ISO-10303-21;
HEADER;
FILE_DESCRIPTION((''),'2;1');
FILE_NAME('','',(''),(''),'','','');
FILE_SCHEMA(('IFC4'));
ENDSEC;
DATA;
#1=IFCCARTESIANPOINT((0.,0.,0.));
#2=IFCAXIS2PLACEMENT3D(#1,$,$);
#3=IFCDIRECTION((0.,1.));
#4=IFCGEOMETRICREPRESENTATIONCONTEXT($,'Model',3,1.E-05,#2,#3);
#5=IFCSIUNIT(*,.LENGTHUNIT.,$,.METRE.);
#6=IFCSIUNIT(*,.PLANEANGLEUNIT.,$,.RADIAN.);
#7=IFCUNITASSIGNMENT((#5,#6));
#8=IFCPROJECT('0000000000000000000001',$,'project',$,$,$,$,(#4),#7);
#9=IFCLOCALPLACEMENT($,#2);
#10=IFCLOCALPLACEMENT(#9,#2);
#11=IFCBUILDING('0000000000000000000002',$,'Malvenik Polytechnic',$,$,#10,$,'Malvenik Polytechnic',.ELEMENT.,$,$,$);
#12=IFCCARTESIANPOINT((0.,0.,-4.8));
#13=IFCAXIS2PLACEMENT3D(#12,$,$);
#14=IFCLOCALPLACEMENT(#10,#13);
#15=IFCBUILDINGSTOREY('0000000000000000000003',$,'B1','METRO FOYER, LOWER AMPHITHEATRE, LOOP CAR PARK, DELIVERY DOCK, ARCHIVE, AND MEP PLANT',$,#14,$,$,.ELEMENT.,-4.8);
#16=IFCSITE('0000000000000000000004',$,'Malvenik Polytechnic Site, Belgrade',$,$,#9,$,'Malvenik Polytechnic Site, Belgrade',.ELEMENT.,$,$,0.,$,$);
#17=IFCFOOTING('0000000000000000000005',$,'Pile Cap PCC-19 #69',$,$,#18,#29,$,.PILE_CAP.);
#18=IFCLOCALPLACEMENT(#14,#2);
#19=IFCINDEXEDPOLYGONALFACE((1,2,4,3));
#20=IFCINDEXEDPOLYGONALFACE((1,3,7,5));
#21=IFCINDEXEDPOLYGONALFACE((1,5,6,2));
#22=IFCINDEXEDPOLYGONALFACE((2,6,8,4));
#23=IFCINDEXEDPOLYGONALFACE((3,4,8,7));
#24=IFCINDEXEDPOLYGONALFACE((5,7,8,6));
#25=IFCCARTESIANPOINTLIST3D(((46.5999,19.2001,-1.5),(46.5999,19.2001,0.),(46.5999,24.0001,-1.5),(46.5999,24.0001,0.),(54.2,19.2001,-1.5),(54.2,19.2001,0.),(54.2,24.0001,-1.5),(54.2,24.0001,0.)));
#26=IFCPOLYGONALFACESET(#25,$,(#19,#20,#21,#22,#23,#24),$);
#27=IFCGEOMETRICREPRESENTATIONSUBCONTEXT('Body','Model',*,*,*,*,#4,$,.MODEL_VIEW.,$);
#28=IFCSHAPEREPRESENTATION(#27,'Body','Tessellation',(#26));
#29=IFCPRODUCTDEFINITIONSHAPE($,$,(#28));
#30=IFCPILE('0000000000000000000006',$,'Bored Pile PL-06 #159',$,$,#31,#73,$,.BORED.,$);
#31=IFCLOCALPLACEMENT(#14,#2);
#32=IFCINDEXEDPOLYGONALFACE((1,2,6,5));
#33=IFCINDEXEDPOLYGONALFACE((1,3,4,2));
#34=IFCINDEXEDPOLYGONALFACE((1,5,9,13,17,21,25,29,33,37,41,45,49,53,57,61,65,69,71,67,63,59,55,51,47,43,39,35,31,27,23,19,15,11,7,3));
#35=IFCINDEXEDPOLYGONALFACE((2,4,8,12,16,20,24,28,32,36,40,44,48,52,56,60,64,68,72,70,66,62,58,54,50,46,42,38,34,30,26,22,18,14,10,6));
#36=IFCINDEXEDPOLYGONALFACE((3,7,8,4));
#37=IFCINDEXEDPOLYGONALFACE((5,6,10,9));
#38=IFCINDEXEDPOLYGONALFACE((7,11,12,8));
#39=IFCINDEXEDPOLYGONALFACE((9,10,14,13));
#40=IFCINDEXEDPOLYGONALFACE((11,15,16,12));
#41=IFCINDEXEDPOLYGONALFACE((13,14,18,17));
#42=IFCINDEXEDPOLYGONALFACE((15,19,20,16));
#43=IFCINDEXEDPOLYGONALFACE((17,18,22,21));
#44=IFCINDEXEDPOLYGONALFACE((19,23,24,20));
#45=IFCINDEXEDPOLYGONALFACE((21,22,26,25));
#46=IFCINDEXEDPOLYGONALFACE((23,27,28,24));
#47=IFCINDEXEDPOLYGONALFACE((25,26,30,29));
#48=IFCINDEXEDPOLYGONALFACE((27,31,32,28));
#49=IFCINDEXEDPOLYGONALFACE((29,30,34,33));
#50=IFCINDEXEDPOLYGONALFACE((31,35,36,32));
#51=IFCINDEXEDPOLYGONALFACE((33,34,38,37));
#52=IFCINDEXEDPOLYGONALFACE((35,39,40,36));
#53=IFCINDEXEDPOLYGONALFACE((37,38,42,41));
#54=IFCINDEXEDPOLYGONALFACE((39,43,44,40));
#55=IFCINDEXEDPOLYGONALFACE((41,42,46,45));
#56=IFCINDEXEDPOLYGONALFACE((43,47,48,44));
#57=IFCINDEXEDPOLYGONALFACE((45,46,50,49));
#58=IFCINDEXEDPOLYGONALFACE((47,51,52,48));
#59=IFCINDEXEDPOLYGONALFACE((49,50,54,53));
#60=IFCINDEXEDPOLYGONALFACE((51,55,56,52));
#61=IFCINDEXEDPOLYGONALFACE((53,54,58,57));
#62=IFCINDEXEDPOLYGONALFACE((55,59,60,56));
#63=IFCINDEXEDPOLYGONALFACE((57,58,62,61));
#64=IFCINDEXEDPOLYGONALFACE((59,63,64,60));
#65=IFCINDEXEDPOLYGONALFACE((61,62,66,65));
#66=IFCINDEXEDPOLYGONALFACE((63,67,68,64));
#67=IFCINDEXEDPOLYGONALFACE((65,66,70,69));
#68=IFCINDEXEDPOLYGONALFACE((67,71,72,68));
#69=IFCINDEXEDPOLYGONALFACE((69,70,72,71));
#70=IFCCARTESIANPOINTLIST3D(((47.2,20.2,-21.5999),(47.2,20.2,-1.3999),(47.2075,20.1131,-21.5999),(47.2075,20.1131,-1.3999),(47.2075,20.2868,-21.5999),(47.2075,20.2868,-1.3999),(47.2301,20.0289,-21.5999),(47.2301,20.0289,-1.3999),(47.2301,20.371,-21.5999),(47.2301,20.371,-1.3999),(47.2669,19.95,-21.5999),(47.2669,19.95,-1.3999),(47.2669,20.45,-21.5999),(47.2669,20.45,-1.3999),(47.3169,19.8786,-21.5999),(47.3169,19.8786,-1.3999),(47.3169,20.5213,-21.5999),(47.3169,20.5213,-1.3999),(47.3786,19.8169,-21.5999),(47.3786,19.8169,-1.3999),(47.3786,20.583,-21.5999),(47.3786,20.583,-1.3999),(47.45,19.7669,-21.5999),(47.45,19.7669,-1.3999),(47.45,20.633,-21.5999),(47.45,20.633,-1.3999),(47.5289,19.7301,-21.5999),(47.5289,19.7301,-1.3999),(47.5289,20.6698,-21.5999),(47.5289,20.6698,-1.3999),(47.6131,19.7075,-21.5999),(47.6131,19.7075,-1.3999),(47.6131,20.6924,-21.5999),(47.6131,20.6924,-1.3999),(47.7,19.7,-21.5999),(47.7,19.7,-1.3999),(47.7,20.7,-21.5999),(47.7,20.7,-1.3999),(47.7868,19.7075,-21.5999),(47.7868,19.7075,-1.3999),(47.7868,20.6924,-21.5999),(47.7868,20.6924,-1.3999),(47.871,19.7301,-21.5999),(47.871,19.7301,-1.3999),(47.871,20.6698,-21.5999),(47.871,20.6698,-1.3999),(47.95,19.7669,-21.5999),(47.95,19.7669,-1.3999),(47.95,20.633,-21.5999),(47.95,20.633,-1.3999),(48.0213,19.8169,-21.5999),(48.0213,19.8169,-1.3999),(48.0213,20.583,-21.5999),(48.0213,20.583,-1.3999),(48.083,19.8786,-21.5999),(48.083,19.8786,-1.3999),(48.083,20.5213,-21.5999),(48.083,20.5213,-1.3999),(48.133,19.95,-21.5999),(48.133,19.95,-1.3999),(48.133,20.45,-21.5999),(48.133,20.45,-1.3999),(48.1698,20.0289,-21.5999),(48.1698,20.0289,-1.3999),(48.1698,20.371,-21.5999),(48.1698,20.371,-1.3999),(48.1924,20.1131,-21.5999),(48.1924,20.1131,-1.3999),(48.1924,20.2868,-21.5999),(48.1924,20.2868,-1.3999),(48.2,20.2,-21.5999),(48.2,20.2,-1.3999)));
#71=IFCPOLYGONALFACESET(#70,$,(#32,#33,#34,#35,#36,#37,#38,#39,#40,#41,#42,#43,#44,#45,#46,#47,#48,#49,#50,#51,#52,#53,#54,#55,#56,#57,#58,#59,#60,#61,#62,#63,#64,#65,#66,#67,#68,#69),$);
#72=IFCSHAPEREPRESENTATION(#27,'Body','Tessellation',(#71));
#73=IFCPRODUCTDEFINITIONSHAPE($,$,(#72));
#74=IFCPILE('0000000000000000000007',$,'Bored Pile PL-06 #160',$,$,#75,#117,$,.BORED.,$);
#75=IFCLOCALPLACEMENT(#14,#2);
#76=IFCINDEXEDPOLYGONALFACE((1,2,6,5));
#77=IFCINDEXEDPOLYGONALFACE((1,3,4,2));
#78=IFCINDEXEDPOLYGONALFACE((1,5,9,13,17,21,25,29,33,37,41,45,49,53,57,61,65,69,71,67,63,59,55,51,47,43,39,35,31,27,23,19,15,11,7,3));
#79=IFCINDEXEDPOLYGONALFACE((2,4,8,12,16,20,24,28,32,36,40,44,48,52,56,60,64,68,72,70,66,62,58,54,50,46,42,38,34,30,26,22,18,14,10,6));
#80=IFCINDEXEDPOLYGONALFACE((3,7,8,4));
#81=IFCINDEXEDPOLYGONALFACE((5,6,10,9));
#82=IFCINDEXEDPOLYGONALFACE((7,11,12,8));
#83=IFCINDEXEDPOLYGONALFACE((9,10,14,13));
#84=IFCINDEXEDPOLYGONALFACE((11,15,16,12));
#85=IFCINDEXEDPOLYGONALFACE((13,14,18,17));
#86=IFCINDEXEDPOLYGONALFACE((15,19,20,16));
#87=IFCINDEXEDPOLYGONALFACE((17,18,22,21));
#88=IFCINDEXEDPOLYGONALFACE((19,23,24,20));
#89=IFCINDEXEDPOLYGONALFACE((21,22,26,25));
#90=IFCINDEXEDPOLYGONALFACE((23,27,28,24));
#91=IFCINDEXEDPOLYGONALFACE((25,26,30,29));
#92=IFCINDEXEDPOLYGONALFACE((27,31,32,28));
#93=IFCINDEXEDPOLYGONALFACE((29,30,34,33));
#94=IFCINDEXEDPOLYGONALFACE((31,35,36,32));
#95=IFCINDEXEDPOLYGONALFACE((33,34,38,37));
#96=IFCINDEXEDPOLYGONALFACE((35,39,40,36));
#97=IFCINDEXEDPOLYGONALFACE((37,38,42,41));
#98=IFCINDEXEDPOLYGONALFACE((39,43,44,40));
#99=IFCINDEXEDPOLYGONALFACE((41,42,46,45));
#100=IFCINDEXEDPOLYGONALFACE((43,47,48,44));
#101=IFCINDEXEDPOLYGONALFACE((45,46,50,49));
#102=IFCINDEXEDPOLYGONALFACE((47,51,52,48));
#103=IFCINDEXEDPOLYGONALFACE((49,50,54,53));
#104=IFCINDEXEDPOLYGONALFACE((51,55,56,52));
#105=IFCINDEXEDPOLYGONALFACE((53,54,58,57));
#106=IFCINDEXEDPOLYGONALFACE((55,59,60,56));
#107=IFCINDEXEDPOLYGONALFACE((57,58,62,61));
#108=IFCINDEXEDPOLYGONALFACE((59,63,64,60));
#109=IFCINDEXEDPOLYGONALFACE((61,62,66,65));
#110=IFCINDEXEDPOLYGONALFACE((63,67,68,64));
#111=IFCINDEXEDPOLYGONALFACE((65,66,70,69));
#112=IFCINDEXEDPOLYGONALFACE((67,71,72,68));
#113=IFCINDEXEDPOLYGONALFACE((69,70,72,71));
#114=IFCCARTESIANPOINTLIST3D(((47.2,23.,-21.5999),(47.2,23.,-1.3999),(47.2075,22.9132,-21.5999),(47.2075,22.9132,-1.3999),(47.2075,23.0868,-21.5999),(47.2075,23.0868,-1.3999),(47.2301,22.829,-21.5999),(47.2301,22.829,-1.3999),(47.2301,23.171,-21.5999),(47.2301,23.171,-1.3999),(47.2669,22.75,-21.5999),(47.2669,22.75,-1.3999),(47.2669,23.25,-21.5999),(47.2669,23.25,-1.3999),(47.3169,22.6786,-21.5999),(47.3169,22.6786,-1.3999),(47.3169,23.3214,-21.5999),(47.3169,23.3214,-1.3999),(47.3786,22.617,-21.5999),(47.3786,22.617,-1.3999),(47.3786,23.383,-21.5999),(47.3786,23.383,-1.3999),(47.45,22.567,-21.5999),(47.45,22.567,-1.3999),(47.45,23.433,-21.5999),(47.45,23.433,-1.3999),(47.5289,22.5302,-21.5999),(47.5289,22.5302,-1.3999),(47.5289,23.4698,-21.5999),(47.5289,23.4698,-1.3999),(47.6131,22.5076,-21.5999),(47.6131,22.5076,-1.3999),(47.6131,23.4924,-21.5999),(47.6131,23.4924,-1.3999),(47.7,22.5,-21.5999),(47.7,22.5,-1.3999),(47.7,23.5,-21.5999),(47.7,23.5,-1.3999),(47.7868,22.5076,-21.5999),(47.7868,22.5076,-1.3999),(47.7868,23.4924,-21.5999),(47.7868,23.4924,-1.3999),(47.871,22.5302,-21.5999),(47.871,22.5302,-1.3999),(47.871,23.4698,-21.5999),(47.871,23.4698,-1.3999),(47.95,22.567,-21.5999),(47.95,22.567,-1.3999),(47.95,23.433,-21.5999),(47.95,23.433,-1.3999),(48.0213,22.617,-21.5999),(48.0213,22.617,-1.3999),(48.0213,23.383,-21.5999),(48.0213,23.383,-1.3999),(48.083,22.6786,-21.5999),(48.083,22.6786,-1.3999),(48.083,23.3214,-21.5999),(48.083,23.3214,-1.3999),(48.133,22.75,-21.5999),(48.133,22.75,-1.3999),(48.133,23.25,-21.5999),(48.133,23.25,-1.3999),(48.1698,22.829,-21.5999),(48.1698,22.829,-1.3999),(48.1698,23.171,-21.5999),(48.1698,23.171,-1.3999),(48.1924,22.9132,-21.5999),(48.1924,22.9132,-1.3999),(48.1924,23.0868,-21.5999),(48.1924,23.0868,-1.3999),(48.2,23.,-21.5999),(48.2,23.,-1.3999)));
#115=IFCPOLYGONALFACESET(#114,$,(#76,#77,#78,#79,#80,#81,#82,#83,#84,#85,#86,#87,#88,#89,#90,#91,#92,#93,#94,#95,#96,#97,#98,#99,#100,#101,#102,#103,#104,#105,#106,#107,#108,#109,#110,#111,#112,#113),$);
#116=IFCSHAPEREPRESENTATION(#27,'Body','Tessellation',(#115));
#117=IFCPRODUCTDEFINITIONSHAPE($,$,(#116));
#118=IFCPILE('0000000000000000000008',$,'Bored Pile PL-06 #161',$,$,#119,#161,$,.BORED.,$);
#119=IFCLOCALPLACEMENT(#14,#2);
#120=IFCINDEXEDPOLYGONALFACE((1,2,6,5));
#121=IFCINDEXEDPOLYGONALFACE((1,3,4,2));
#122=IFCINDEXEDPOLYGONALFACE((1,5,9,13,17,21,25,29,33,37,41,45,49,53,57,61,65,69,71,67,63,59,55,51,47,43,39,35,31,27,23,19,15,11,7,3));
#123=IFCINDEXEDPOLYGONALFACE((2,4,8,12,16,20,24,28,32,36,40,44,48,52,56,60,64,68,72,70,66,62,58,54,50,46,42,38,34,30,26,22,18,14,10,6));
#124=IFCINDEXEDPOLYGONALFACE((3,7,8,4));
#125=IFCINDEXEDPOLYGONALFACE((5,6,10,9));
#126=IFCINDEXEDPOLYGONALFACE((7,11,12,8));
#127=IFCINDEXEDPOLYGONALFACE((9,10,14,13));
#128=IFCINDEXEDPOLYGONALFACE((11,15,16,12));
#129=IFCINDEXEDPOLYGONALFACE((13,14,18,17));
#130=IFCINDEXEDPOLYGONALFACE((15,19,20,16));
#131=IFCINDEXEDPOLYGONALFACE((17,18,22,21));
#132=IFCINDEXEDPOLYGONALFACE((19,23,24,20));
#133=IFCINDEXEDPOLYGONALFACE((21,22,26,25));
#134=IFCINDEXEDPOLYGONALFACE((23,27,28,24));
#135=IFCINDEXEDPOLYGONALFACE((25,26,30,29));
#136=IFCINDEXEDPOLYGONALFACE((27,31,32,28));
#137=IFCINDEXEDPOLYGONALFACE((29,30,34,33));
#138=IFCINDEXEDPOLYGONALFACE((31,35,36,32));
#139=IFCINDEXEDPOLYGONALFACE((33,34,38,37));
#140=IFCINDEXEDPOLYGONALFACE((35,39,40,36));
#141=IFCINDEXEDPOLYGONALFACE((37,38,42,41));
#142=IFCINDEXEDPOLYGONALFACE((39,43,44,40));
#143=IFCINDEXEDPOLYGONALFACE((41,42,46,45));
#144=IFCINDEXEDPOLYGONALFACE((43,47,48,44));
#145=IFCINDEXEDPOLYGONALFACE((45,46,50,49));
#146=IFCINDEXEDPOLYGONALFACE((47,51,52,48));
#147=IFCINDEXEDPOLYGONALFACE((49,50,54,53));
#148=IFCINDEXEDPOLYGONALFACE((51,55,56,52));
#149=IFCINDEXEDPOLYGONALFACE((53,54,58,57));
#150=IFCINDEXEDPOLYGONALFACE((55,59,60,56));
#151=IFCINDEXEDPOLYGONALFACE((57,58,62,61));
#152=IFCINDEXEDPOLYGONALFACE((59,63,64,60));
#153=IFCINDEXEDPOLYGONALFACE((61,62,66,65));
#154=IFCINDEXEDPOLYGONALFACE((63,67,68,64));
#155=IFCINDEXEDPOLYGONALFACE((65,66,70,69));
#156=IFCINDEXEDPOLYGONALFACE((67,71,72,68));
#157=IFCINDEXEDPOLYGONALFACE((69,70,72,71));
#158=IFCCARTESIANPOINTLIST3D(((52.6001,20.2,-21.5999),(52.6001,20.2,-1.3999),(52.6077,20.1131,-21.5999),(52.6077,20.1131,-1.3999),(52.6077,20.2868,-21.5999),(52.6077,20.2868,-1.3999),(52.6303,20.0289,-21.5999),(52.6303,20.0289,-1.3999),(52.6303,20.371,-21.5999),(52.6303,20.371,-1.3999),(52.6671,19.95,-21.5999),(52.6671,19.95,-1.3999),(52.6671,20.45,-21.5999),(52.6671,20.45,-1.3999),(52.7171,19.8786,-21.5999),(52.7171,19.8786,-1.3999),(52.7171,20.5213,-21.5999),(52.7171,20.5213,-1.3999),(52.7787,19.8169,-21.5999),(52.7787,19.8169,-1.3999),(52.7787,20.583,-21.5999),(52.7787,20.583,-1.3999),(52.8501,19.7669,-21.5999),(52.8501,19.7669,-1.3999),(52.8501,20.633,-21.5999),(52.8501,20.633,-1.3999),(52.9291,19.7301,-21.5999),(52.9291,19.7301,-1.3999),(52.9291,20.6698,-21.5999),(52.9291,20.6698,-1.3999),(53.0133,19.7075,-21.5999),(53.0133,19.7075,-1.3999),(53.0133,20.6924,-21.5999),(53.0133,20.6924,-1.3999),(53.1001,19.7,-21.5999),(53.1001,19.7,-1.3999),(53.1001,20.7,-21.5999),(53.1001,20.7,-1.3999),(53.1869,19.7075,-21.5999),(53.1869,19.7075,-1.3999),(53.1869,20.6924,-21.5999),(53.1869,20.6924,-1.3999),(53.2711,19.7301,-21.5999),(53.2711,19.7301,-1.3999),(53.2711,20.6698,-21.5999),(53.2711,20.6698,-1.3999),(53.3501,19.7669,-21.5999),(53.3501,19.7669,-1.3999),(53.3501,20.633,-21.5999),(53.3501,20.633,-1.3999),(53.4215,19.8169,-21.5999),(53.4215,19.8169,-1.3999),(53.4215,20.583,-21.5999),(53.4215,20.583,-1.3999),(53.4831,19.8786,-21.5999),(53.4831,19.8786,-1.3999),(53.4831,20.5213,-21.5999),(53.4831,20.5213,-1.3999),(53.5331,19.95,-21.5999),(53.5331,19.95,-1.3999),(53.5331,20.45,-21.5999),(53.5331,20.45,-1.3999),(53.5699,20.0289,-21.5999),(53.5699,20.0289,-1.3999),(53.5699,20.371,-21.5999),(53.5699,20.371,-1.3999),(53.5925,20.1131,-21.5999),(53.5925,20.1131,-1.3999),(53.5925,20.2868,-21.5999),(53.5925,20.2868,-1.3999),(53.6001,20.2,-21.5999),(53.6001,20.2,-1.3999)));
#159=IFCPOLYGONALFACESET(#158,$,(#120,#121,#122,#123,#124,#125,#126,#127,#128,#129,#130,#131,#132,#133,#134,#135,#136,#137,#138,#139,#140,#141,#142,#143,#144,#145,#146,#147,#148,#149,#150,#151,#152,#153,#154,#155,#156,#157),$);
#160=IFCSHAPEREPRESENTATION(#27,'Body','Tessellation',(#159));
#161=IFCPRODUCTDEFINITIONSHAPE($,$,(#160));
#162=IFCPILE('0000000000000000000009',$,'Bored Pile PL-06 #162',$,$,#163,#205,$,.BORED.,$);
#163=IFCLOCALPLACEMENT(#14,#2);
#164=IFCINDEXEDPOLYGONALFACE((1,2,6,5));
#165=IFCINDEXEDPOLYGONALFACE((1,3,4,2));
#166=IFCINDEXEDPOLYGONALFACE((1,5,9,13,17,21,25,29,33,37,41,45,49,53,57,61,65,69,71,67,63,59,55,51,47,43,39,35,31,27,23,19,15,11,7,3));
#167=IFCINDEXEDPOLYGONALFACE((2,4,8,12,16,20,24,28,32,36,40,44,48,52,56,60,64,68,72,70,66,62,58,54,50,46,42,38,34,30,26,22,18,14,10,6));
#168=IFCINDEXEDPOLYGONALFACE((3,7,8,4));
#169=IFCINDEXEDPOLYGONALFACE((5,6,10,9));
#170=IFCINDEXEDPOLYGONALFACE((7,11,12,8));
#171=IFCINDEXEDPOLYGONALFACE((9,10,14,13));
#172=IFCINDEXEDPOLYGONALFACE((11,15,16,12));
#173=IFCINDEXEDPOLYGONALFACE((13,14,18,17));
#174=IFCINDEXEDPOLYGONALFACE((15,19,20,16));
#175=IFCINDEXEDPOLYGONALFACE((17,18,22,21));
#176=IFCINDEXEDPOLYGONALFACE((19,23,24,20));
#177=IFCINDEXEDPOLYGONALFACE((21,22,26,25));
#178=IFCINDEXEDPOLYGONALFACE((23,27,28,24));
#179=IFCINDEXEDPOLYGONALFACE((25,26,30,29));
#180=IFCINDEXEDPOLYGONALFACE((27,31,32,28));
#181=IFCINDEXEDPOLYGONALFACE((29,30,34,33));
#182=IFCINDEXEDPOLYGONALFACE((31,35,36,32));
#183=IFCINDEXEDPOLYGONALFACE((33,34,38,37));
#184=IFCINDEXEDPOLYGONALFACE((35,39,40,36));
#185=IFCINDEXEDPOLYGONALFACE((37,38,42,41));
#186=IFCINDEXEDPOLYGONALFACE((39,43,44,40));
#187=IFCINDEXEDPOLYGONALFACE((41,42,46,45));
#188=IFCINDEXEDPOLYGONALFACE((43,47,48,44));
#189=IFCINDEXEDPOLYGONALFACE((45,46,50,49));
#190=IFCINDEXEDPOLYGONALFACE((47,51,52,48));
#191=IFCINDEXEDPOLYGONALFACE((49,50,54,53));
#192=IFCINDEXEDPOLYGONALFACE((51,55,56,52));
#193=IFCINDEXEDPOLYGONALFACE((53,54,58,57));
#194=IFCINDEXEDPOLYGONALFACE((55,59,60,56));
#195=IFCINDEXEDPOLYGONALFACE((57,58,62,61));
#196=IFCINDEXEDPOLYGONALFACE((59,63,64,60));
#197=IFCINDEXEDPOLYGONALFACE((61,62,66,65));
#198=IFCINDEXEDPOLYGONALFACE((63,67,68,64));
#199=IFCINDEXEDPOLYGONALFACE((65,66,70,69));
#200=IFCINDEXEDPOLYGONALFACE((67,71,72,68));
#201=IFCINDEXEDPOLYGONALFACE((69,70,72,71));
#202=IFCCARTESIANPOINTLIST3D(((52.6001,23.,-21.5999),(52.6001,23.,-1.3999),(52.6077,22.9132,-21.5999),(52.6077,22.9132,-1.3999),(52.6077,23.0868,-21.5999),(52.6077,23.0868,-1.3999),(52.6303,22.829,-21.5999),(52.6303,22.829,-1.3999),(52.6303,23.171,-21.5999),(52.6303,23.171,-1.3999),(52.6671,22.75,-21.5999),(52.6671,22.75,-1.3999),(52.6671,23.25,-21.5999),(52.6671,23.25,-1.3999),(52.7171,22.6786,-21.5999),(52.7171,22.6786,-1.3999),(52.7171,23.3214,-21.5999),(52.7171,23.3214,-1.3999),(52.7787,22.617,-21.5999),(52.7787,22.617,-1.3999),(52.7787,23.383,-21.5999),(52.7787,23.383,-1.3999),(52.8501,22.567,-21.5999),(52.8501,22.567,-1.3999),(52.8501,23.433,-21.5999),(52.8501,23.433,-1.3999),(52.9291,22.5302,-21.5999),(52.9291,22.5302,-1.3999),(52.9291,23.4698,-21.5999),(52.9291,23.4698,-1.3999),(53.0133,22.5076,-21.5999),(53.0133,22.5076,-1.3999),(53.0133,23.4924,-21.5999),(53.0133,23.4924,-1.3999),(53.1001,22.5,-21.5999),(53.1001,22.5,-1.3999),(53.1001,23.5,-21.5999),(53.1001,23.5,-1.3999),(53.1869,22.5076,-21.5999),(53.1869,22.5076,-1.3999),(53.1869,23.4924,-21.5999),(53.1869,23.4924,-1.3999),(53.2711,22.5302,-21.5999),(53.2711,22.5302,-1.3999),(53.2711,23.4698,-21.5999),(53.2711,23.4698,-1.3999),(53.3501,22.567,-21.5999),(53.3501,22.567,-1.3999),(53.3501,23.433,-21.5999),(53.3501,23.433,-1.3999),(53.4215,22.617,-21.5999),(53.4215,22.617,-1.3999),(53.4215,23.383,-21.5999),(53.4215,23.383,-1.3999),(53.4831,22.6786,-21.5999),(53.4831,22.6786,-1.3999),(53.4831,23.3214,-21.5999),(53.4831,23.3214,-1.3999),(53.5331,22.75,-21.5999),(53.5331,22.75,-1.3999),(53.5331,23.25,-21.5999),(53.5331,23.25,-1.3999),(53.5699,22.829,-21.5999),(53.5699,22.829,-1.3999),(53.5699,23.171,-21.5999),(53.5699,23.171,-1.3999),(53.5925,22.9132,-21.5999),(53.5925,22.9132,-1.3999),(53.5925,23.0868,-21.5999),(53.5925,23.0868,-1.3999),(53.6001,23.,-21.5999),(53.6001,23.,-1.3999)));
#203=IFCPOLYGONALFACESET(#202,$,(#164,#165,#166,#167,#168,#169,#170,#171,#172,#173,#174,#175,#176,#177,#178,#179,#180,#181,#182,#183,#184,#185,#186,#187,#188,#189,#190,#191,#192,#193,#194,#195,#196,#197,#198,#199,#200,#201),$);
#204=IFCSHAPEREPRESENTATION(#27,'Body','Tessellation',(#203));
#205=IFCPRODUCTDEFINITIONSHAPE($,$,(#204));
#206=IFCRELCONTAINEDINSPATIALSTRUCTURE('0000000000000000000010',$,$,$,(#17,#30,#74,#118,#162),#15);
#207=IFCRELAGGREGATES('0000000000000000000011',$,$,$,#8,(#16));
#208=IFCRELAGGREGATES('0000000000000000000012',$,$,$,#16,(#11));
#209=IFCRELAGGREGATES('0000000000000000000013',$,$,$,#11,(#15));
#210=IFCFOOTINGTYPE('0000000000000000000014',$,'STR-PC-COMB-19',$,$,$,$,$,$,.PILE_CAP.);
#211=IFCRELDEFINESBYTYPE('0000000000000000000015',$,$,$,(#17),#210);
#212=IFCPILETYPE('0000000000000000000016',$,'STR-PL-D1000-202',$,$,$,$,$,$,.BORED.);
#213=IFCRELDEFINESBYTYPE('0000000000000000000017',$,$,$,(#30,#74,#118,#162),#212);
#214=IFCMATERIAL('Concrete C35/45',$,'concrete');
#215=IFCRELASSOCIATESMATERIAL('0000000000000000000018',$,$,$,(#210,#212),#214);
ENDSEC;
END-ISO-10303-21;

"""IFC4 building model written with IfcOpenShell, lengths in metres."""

from ifc_helpers import new_model, si_unit, direction, frame, origin, origin_2d, place, context, subcontext, project, spatial, rectangle, circle, extrude, material, material_profile, profile_set, type_object, element, save


model = new_model("IFC4")

# Units and contexts
model_context = context("Model", 3, precision=1e-05, world=origin(), true_north=direction((0.0, 1.0)))
body_context = subcontext(model_context, "Body", "Model", "MODEL_VIEW")
ifc_project = project(units=[si_unit("LENGTHUNIT", "METRE"), si_unit("PLANEANGLEUNIT", "RADIAN")], contexts=[model_context])

# Site, building, storey
site_placement = place(None, origin())
site = spatial("IfcSite", under=ifc_project, at=site_placement, Name="Malvenik Polytechnic Site, Belgrade", LongName="Malvenik Polytechnic Site, Belgrade", CompositionType="ELEMENT", RefElevation=0.0)
building_placement = place(site_placement, origin())
building = spatial("IfcBuilding", under=site, at=building_placement, Name="Malvenik Polytechnic", LongName="Malvenik Polytechnic", CompositionType="ELEMENT")
storey_placement = place(building_placement, frame((0.0, 0.0, -4.8)))
storey = spatial("IfcBuildingStorey", under=building, at=storey_placement, Name="B1", Description="METRO FOYER, LOWER AMPHITHEATRE, LOOP CAR PARK, DELIVERY DOCK, ARCHIVE, AND MEP PLANT", CompositionType="ELEMENT", Elevation=-4.8)

# Footing
ifc_material_1 = material(Name="Concrete C35/45", Category="concrete")
footing_type = type_object("IfcFootingType", Name="STR-PC-COMB-19", PredefinedType="PILE_CAP", material=ifc_material_1)
footing_placement = place(storey_placement, frame((50.3999, 21.6001, -1.5), z_axis=(0.0, 0.0, 1.0), x_axis=(1.0, 0.0, 0.0)))
element("IfcFooting", 1, at=footing_placement, inside=storey, type_object=footing_type, Name="Pile Cap PCC-19 #69", PredefinedType="PILE_CAP", context=body_context, shape_type="SweptSolid", body=[
    extrude(rectangle(XDim=7.6001, YDim=4.8, at=origin_2d()), origin(), (0.0, 0.0, 1.0), 1.5),
])

# Piles
ifc_material_profile_1 = material_profile(ifc_material_1, circle(Radius=0.5, at=origin_2d()), Name="BORED PILE D1000")
ifc_profile_set_1 = profile_set([ifc_material_profile_1], Name="Concrete C35/45")
pile_type = type_object("IfcPileType", Name="STR-PL-D1000-202", PredefinedType="BORED", material=ifc_profile_set_1)
for number, where, z_axis, x_axis, name in (
    (2, (47.7, 20.2, -1.3999), (0.0, 0.0, -1.0), (1.0, 0.0, 0.0), "Bored Pile PL-06 #159"),
    (3, (47.7, 23.0, -1.3999), (0.0, 0.0, -1.0), (1.0, 0.0, 0.0), "Bored Pile PL-06 #160"),
    (4, (53.1001, 20.2, -1.3999), (0.0, 0.0, -1.0), (1.0, 0.0, 0.0), "Bored Pile PL-06 #161"),
    (5, (53.1001, 23.0, -1.3999), (0.0, 0.0, -1.0), (1.0, 0.0, 0.0), "Bored Pile PL-06 #162"),
):
    element("IfcPile", number, at=place(storey_placement, frame(where, z_axis=z_axis, x_axis=x_axis)), inside=storey, type_object=pile_type, Name=name, PredefinedType="BORED", context=body_context, shape_type="SweptSolid", body=[
        extrude(circle(Radius=0.5, at=origin_2d()), origin(), (0.0, 0.0, 1.0), 20.2),
    ])

save(model, "model.ifc")
